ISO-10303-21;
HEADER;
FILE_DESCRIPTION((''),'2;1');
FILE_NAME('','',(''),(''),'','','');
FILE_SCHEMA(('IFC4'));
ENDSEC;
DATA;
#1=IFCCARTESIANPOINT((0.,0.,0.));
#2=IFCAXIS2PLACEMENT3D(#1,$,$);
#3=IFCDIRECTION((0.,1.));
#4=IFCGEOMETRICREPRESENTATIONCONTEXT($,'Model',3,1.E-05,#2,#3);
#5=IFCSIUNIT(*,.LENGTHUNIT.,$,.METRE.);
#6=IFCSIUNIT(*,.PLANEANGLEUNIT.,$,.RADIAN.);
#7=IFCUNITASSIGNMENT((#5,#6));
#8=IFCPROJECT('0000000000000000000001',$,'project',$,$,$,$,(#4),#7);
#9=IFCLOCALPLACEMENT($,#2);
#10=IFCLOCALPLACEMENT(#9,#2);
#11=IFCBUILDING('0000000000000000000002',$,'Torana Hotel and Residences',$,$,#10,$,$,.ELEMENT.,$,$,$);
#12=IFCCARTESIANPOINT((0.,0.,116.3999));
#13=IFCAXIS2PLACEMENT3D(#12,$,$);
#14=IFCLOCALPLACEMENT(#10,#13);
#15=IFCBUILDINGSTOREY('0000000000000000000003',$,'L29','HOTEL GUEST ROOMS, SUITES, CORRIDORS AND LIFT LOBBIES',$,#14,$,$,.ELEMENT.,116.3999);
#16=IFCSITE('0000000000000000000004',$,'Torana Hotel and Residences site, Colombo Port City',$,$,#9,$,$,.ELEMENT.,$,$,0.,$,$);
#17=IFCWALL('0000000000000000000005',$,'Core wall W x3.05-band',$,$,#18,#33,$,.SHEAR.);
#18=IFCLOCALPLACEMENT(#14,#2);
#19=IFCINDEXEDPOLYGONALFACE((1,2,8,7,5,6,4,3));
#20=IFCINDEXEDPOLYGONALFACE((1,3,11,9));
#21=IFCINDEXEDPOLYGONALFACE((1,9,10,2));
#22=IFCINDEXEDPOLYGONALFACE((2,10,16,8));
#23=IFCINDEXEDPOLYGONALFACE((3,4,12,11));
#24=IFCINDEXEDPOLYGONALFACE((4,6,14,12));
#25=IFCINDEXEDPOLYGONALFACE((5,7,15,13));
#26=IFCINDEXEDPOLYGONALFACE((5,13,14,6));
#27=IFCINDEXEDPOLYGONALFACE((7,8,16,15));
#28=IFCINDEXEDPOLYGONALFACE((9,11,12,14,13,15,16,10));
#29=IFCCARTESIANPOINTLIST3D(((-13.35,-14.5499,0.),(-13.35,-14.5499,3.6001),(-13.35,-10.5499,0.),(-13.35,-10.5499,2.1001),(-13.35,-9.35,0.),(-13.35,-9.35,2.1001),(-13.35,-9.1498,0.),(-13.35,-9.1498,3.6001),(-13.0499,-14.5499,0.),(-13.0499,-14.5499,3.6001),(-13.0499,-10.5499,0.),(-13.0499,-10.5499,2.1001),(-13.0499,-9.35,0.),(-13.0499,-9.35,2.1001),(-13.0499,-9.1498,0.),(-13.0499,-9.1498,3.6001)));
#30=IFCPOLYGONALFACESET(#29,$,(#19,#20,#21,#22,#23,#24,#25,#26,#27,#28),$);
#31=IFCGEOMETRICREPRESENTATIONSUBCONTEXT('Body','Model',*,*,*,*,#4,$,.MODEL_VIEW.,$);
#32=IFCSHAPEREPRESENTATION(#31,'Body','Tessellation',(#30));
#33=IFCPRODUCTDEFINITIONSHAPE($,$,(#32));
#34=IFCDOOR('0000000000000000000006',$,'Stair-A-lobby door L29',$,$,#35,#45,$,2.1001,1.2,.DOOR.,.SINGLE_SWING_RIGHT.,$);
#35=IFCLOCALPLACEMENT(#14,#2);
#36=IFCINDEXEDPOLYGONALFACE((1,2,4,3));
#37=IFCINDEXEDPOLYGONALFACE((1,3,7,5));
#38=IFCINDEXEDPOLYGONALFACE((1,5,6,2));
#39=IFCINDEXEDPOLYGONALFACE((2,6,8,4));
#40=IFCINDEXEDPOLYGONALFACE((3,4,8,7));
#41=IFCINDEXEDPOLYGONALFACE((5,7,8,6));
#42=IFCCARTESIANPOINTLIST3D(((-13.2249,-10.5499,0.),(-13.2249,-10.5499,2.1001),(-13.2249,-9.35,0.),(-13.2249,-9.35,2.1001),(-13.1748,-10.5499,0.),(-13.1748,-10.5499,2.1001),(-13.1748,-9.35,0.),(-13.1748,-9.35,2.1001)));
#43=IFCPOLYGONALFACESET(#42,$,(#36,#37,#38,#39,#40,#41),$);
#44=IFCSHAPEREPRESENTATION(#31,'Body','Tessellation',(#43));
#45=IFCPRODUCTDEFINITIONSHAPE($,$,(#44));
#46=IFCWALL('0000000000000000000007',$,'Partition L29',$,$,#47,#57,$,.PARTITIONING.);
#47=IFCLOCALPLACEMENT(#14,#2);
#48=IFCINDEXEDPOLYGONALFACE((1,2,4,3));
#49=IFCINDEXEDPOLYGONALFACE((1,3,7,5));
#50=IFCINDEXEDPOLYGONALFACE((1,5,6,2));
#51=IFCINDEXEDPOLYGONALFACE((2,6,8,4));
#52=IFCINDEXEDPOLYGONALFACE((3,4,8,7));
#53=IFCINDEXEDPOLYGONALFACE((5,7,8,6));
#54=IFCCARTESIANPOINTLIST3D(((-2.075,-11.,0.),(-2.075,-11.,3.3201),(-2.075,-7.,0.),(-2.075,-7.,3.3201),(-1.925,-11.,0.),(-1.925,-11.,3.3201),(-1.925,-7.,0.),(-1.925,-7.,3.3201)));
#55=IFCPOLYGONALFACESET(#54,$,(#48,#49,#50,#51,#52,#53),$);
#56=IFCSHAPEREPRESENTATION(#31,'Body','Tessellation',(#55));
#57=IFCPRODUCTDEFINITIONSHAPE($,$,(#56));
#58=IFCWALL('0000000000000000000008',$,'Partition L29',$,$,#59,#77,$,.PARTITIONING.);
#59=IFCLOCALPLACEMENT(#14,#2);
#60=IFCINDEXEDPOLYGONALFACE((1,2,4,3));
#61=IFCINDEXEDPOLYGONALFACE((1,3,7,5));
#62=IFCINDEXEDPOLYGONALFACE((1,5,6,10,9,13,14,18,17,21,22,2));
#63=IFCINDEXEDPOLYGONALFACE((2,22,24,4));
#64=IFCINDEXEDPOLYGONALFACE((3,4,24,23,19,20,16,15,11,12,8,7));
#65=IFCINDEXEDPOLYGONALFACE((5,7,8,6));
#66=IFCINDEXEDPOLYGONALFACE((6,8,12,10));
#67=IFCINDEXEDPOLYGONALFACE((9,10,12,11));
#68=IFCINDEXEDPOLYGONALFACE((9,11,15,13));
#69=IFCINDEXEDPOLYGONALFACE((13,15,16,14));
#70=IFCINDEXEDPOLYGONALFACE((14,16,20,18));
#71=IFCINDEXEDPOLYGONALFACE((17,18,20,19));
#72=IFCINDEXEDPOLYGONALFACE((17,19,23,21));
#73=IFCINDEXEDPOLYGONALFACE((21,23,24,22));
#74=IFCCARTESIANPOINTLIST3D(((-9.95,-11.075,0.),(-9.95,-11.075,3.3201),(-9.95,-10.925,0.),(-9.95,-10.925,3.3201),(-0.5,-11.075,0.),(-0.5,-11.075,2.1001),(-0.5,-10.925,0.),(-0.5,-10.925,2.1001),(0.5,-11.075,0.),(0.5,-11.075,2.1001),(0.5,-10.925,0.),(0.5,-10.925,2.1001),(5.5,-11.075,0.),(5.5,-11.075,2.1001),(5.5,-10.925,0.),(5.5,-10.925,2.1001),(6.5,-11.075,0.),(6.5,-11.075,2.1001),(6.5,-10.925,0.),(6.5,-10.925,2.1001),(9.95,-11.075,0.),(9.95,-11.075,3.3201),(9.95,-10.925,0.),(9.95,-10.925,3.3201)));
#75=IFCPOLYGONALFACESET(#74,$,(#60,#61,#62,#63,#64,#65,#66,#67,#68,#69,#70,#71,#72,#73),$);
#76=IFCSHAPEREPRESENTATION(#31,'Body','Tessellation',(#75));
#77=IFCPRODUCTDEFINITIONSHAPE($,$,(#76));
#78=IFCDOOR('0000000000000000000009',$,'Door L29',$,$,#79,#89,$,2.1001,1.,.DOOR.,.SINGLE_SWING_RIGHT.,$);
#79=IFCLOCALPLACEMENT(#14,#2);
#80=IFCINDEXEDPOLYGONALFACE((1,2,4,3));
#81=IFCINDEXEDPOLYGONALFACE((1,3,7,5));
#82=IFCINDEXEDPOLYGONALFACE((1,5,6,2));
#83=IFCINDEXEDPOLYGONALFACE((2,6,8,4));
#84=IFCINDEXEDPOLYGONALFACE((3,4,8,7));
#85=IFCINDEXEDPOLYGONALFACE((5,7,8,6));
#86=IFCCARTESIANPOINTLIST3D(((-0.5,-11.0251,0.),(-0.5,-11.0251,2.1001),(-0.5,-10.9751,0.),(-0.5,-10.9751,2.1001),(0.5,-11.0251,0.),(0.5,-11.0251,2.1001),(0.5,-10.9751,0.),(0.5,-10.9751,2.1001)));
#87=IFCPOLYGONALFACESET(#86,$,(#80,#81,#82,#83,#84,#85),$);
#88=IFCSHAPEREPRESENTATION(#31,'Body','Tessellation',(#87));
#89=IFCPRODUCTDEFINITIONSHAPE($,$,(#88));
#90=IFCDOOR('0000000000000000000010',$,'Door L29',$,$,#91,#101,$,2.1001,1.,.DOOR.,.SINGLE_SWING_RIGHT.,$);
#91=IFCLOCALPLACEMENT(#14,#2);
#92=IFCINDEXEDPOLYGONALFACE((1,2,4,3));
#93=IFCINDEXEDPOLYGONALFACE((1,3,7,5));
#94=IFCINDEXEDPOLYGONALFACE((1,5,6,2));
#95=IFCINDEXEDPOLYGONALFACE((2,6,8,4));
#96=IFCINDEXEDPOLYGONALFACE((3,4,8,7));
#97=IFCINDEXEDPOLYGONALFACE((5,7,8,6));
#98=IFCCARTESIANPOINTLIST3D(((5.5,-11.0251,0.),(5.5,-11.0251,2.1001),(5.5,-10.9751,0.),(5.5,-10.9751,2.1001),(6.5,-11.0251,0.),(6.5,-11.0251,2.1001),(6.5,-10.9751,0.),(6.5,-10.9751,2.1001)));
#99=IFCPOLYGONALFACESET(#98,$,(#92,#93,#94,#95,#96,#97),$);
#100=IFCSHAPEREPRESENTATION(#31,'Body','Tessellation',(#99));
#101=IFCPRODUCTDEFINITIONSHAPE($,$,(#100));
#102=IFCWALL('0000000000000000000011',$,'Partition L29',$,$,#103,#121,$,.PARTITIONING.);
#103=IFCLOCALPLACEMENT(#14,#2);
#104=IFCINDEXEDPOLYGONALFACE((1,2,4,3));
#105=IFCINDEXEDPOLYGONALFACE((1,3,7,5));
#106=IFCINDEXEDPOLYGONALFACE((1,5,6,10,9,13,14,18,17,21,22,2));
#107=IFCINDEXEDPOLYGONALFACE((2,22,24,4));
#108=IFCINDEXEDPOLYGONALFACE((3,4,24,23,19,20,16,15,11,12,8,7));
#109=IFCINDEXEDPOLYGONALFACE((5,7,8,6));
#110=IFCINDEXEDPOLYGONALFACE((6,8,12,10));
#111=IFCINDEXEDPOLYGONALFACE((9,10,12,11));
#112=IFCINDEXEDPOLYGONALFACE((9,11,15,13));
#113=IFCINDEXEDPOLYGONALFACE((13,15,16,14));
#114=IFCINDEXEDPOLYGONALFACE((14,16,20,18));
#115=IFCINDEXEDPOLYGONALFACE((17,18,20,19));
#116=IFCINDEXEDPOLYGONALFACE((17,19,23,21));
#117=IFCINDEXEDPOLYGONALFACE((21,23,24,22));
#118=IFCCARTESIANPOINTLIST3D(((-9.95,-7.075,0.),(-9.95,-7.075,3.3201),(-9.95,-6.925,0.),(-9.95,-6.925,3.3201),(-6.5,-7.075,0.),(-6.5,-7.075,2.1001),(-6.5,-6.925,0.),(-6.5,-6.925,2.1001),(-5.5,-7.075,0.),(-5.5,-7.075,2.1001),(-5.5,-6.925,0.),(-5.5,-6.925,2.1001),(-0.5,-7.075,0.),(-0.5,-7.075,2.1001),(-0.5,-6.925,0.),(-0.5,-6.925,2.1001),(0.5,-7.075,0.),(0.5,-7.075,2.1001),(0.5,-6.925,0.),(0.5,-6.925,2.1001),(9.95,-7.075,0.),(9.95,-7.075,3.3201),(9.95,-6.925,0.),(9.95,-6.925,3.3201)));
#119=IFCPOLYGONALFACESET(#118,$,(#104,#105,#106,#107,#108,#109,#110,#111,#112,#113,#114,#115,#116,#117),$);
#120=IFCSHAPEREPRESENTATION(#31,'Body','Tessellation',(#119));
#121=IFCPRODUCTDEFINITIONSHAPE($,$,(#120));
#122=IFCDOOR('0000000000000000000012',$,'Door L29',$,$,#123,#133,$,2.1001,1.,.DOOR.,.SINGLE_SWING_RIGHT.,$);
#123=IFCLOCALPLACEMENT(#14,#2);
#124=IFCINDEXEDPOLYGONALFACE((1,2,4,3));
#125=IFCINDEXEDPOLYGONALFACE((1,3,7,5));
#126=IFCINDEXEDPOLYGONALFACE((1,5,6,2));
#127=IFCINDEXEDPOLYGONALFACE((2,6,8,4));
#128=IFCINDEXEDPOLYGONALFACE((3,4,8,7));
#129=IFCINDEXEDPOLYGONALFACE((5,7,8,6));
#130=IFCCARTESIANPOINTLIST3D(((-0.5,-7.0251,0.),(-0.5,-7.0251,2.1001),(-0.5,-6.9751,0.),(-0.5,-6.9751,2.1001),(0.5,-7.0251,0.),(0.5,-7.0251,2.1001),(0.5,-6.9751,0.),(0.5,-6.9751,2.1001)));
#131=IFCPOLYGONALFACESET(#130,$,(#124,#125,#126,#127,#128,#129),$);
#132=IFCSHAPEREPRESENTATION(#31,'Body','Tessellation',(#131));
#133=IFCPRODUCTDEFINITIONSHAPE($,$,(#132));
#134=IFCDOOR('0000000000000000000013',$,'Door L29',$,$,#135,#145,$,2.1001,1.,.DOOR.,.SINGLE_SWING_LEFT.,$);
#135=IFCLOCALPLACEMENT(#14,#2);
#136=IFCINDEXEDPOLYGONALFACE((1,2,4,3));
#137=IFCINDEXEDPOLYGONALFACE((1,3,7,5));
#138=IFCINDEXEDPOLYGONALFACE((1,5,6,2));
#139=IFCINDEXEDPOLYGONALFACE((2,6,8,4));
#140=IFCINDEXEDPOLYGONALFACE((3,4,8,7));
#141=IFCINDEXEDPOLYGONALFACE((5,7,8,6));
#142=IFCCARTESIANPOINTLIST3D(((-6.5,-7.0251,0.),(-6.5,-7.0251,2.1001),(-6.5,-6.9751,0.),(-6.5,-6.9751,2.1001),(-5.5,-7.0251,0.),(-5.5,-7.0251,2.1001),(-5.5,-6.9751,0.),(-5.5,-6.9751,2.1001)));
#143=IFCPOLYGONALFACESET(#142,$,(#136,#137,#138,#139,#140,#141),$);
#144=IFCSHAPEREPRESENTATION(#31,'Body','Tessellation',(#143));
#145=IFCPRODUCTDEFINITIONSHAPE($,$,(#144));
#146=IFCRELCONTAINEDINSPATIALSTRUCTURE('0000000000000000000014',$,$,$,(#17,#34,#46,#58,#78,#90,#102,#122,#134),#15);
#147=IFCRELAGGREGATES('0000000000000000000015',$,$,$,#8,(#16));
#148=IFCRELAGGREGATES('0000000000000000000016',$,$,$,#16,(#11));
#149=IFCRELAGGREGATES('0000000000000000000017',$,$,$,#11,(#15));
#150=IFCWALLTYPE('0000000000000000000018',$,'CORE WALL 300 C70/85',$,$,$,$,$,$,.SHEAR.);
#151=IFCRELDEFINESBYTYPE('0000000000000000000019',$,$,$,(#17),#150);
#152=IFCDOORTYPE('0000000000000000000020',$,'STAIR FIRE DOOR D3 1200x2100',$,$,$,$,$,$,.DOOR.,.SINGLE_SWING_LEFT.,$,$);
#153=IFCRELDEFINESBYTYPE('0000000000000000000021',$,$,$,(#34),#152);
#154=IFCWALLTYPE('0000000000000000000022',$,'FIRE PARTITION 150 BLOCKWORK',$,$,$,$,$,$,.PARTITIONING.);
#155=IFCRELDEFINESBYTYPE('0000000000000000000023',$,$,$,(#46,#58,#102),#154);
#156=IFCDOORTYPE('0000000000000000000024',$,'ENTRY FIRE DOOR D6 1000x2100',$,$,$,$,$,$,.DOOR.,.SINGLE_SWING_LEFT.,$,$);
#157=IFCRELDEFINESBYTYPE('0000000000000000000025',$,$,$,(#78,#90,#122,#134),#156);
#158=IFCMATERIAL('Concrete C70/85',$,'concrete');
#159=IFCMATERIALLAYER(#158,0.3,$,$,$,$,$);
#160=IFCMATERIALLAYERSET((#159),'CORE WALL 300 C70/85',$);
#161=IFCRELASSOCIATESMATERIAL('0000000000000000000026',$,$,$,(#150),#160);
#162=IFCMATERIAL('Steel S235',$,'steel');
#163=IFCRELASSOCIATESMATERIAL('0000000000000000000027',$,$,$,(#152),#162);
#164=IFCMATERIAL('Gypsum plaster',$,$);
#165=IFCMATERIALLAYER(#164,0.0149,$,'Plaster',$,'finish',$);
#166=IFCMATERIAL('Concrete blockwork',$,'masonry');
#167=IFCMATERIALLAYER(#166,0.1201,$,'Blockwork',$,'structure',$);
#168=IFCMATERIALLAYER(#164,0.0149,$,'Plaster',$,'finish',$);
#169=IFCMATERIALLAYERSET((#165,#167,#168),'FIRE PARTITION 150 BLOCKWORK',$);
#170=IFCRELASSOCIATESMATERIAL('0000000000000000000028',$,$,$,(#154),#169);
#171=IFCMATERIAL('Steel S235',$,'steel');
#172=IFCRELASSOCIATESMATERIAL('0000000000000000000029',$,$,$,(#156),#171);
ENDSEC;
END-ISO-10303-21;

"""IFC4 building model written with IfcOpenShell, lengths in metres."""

from ifc_helpers import new_model, si_unit, direction, frame, frame_2d, origin, place, context, subcontext, project, spatial, rectangle, extrude, material, layer, layer_set, type_object, element, fill, save


model = new_model("IFC4")

# Units and contexts
model_context = context("Model", 3, precision=1e-05, world=origin(), true_north=direction((0.0, 1.0)))
body_context = subcontext(model_context, "Body", "Model", "MODEL_VIEW")
ifc_project = project(units=[si_unit("LENGTHUNIT", "METRE"), si_unit("PLANEANGLEUNIT", "RADIAN")], contexts=[model_context])

# Site, building, storey
site_placement = place(None, origin())
site = spatial("IfcSite", under=ifc_project, at=site_placement, Name="Torana Hotel and Residences site, Colombo Port City", CompositionType="ELEMENT", RefElevation=0.0)
building_placement = place(site_placement, origin())
building = spatial("IfcBuilding", under=site, at=building_placement, Name="Torana Hotel and Residences", CompositionType="ELEMENT")
storey_placement = place(building_placement, frame((0.0, 0.0, 116.3999)))
storey = spatial("IfcBuildingStorey", under=building, at=storey_placement, Name="L29", Description="HOTEL GUEST ROOMS, SUITES, CORRIDORS AND LIFT LOBBIES", CompositionType="ELEMENT", Elevation=116.3999)

# Shared definitions
ifc_material_1 = material(Name="Concrete C70/85", Category="concrete")
ifc_layer_1 = layer(ifc_material_1, 0.3)
ifc_layer_set_1 = layer_set([ifc_layer_1], Name="CORE WALL 300 C70/85")
wall_type_1 = type_object("IfcWallType", Name="CORE WALL 300 C70/85", PredefinedType="SHEAR", material=ifc_layer_set_1)

# Wall, opening, door
wall_1_placement = place(storey_placement, frame((-13.2, -14.55, 0.0), z_axis=(0.0, 0.0, 1.0), x_axis=(0.0, 1.0, 0.0)))
wall_1 = element("IfcWall", 1, at=wall_1_placement, inside=storey, type_object=wall_type_1, Name="Core wall W x3.05-band", PredefinedType="SHEAR", context=body_context, shape_type="SweptSolid", body=[
    extrude(rectangle(XDim=5.4001, YDim=0.3, at=frame_2d((2.7002, 0.0))), origin(), (0.0, 0.0, 1.0), 3.6001),
])
opening_1_placement = place(wall_1_placement, frame((4.0, 0.0, 0.0)))
opening_1 = element("IfcOpeningElement", 2, at=opening_1_placement, cuts=wall_1, PredefinedType="OPENING", context=body_context, shape_type="SweptSolid", body=[
    extrude(rectangle(XDim=1.2, YDim=2.1001, at=frame_2d((0.6001, 1.05))), frame((0.0, 0.1599, 0.0), z_axis=(0.0, -1.0, 0.0), x_axis=(1.0, 0.0, 0.0)), (0.0, 0.0, 1.0), 0.3201),
])
ifc_material_2 = material(Name="Steel S235", Category="steel")
door_type_1 = type_object("IfcDoorType", Name="STAIR FIRE DOOR D3 1200x2100", OperationType="SINGLE_SWING_LEFT", PredefinedType="DOOR", material=ifc_material_2)
door_1_placement = place(opening_1_placement, frame((0.6001, 0.0, 0.0), z_axis=(0.0, 0.0, 1.0), x_axis=(-1.0, 0.0, 0.0)))
door_1 = element("IfcDoor", 3, at=door_1_placement, inside=storey, type_object=door_type_1, Name="Stair-A-lobby door L29", OperationType="SINGLE_SWING_RIGHT", OverallHeight=2.1001, OverallWidth=1.2, PredefinedType="DOOR", context=body_context, shape_type="SweptSolid", body=[
    extrude(rectangle(XDim=1.2, YDim=2.1001, at=frame_2d((0.0, 1.05))), frame((0.0, -0.0249, 0.0), z_axis=(0.0, 1.0, 0.0), x_axis=(-1.0, 0.0, 0.0)), (0.0, 0.0, 1.0), 0.05),
])
fill(opening_1, door_1)

# Wall
ifc_material_3 = material(Name="Gypsum plaster")
ifc_layer_2 = layer(ifc_material_3, 0.0149, Name="Plaster", Category="finish")
ifc_material_4 = material(Name="Concrete blockwork", Category="masonry")
ifc_layer_3 = layer(ifc_material_4, 0.1201, Name="Blockwork", Category="structure")
ifc_layer_4 = layer(ifc_material_3, 0.0149, Name="Plaster", Category="finish")
ifc_layer_set_2 = layer_set([ifc_layer_2, ifc_layer_3, ifc_layer_4], Name="FIRE PARTITION 150 BLOCKWORK")
wall_type_2 = type_object("IfcWallType", Name="FIRE PARTITION 150 BLOCKWORK", PredefinedType="PARTITIONING", material=ifc_layer_set_2)
wall_2_placement = place(storey_placement, frame((-2.0, -11.0, 0.0), z_axis=(0.0, 0.0, 1.0), x_axis=(0.0, 1.0, 0.0)))
element("IfcWall", 4, at=wall_2_placement, inside=storey, type_object=wall_type_2, Name="Partition L29", PredefinedType="PARTITIONING", context=body_context, shape_type="SweptSolid", body=[
    extrude(rectangle(XDim=4.0, YDim=0.1499, at=frame_2d((2.0, 0.0))), origin(), (0.0, 0.0, 1.0), 3.3201),
])

# Walls, openings, doors
wall_3_placement = place(storey_placement, frame((-9.95, -11.0, 0.0), z_axis=(0.0, 0.0, 1.0), x_axis=(1.0, 0.0, 0.0)))
wall_3 = element("IfcWall", 5, at=wall_3_placement, inside=storey, type_object=wall_type_2, Name="Partition L29", PredefinedType="PARTITIONING", context=body_context, shape_type="SweptSolid", body=[
    extrude(rectangle(XDim=19.8999, YDim=0.1499, at=frame_2d((9.95, 0.0))), origin(), (0.0, 0.0, 1.0), 3.3201),
])
opening_2_placement = place(wall_3_placement, frame((9.45, 0.0, 0.0)))
opening_2 = element("IfcOpeningElement", 6, at=opening_2_placement, cuts=wall_3, PredefinedType="OPENING", context=body_context, shape_type="SweptSolid", body=[
    extrude(rectangle(XDim=1.0, YDim=2.1001, at=frame_2d((0.5, 1.05))), frame((0.0, 0.085, 0.0), z_axis=(0.0, -1.0, 0.0), x_axis=(1.0, 0.0, 0.0)), (0.0, 0.0, 1.0), 0.1699),
])
opening_3_placement = place(wall_3_placement, frame((15.45, 0.0, 0.0)))
opening_3 = element("IfcOpeningElement", 7, at=opening_3_placement, cuts=wall_3, PredefinedType="OPENING", context=body_context, shape_type="SweptSolid", body=[
    extrude(rectangle(XDim=1.0, YDim=2.1001, at=frame_2d((0.5, 1.05))), frame((0.0, 0.085, 0.0), z_axis=(0.0, -1.0, 0.0), x_axis=(1.0, 0.0, 0.0)), (0.0, 0.0, 1.0), 0.1699),
])
ifc_material_5 = material(Name="Steel S235", Category="steel")
door_type_2 = type_object("IfcDoorType", Name="ENTRY FIRE DOOR D6 1000x2100", OperationType="SINGLE_SWING_LEFT", PredefinedType="DOOR", material=ifc_material_5)
door_2_placement = place(opening_2_placement, origin())
door_2 = element("IfcDoor", 8, at=door_2_placement, inside=storey, type_object=door_type_2, Name="Door L29", OperationType="SINGLE_SWING_RIGHT", OverallHeight=2.1001, OverallWidth=1.0, PredefinedType="DOOR", context=body_context, shape_type="SweptSolid", body=[
    extrude(rectangle(XDim=1.0, YDim=2.1001, at=frame_2d((0.5, 1.05))), frame((0.0, 0.0249, 0.0), z_axis=(0.0, -1.0, 0.0), x_axis=(1.0, 0.0, 0.0)), (0.0, 0.0, 1.0), 0.05),
])
fill(opening_2, door_2)
door_3_placement = place(opening_3_placement, origin())
door_3 = element("IfcDoor", 9, at=door_3_placement, inside=storey, type_object=door_type_2, Name="Door L29", OperationType="SINGLE_SWING_RIGHT", OverallHeight=2.1001, OverallWidth=1.0, PredefinedType="DOOR", context=body_context, shape_type="SweptSolid", body=[
    extrude(rectangle(XDim=1.0, YDim=2.1001, at=frame_2d((0.5, 1.05))), frame((0.0, 0.0249, 0.0), z_axis=(0.0, -1.0, 0.0), x_axis=(1.0, 0.0, 0.0)), (0.0, 0.0, 1.0), 0.05),
])
fill(opening_3, door_3)
wall_4_placement = place(storey_placement, frame((-9.95, -7.0, 0.0), z_axis=(0.0, 0.0, 1.0), x_axis=(1.0, 0.0, 0.0)))
wall_4 = element("IfcWall", 10, at=wall_4_placement, inside=storey, type_object=wall_type_2, Name="Partition L29", PredefinedType="PARTITIONING", context=body_context, shape_type="SweptSolid", body=[
    extrude(rectangle(XDim=19.8999, YDim=0.1499, at=frame_2d((9.95, 0.0))), origin(), (0.0, 0.0, 1.0), 3.3201),
])
opening_4_placement = place(wall_4_placement, frame((9.45, 0.0, 0.0)))
opening_4 = element("IfcOpeningElement", 11, at=opening_4_placement, cuts=wall_4, PredefinedType="OPENING", context=body_context, shape_type="SweptSolid", body=[
    extrude(rectangle(XDim=1.0, YDim=2.1001, at=frame_2d((0.5, 1.05))), frame((0.0, 0.085, 0.0), z_axis=(0.0, -1.0, 0.0), x_axis=(1.0, 0.0, 0.0)), (0.0, 0.0, 1.0), 0.1699),
])
opening_5_placement = place(wall_4_placement, frame((3.45, 0.0, 0.0)))
opening_5 = element("IfcOpeningElement", 12, at=opening_5_placement, cuts=wall_4, PredefinedType="OPENING", context=body_context, shape_type="SweptSolid", body=[
    extrude(rectangle(XDim=1.0, YDim=2.1001, at=frame_2d((0.5, 1.05))), frame((0.0, 0.085, 0.0), z_axis=(0.0, -1.0, 0.0), x_axis=(1.0, 0.0, 0.0)), (0.0, 0.0, 1.0), 0.1699),
])
door_4_placement = place(opening_4_placement, origin())
door_4 = element("IfcDoor", 13, at=door_4_placement, inside=storey, type_object=door_type_2, Name="Door L29", OperationType="SINGLE_SWING_RIGHT", OverallHeight=2.1001, OverallWidth=1.0, PredefinedType="DOOR", context=body_context, shape_type="SweptSolid", body=[
    extrude(rectangle(XDim=1.0, YDim=2.1001, at=frame_2d((0.5, 1.05))), frame((0.0, 0.0249, 0.0), z_axis=(0.0, -1.0, 0.0), x_axis=(1.0, 0.0, 0.0)), (0.0, 0.0, 1.0), 0.05),
])
fill(opening_4, door_4)
door_5_placement = place(opening_5_placement, frame((0.5, 0.0, 0.0), z_axis=(0.0, 0.0, 1.0), x_axis=(-1.0, 0.0, 0.0)))
door_5 = element("IfcDoor", 14, at=door_5_placement, inside=storey, type_object=door_type_2, Name="Door L29", OperationType="SINGLE_SWING_LEFT", OverallHeight=2.1001, OverallWidth=1.0, PredefinedType="DOOR", context=body_context, shape_type="SweptSolid", body=[
    extrude(rectangle(XDim=1.0, YDim=2.1001, at=frame_2d((0.0, 1.05))), frame((0.0, -0.0249, 0.0), z_axis=(0.0, 1.0, 0.0), x_axis=(-1.0, 0.0, 0.0)), (0.0, 0.0, 1.0), 0.05),
])
fill(opening_5, door_5)

save(model, "model.ifc")
